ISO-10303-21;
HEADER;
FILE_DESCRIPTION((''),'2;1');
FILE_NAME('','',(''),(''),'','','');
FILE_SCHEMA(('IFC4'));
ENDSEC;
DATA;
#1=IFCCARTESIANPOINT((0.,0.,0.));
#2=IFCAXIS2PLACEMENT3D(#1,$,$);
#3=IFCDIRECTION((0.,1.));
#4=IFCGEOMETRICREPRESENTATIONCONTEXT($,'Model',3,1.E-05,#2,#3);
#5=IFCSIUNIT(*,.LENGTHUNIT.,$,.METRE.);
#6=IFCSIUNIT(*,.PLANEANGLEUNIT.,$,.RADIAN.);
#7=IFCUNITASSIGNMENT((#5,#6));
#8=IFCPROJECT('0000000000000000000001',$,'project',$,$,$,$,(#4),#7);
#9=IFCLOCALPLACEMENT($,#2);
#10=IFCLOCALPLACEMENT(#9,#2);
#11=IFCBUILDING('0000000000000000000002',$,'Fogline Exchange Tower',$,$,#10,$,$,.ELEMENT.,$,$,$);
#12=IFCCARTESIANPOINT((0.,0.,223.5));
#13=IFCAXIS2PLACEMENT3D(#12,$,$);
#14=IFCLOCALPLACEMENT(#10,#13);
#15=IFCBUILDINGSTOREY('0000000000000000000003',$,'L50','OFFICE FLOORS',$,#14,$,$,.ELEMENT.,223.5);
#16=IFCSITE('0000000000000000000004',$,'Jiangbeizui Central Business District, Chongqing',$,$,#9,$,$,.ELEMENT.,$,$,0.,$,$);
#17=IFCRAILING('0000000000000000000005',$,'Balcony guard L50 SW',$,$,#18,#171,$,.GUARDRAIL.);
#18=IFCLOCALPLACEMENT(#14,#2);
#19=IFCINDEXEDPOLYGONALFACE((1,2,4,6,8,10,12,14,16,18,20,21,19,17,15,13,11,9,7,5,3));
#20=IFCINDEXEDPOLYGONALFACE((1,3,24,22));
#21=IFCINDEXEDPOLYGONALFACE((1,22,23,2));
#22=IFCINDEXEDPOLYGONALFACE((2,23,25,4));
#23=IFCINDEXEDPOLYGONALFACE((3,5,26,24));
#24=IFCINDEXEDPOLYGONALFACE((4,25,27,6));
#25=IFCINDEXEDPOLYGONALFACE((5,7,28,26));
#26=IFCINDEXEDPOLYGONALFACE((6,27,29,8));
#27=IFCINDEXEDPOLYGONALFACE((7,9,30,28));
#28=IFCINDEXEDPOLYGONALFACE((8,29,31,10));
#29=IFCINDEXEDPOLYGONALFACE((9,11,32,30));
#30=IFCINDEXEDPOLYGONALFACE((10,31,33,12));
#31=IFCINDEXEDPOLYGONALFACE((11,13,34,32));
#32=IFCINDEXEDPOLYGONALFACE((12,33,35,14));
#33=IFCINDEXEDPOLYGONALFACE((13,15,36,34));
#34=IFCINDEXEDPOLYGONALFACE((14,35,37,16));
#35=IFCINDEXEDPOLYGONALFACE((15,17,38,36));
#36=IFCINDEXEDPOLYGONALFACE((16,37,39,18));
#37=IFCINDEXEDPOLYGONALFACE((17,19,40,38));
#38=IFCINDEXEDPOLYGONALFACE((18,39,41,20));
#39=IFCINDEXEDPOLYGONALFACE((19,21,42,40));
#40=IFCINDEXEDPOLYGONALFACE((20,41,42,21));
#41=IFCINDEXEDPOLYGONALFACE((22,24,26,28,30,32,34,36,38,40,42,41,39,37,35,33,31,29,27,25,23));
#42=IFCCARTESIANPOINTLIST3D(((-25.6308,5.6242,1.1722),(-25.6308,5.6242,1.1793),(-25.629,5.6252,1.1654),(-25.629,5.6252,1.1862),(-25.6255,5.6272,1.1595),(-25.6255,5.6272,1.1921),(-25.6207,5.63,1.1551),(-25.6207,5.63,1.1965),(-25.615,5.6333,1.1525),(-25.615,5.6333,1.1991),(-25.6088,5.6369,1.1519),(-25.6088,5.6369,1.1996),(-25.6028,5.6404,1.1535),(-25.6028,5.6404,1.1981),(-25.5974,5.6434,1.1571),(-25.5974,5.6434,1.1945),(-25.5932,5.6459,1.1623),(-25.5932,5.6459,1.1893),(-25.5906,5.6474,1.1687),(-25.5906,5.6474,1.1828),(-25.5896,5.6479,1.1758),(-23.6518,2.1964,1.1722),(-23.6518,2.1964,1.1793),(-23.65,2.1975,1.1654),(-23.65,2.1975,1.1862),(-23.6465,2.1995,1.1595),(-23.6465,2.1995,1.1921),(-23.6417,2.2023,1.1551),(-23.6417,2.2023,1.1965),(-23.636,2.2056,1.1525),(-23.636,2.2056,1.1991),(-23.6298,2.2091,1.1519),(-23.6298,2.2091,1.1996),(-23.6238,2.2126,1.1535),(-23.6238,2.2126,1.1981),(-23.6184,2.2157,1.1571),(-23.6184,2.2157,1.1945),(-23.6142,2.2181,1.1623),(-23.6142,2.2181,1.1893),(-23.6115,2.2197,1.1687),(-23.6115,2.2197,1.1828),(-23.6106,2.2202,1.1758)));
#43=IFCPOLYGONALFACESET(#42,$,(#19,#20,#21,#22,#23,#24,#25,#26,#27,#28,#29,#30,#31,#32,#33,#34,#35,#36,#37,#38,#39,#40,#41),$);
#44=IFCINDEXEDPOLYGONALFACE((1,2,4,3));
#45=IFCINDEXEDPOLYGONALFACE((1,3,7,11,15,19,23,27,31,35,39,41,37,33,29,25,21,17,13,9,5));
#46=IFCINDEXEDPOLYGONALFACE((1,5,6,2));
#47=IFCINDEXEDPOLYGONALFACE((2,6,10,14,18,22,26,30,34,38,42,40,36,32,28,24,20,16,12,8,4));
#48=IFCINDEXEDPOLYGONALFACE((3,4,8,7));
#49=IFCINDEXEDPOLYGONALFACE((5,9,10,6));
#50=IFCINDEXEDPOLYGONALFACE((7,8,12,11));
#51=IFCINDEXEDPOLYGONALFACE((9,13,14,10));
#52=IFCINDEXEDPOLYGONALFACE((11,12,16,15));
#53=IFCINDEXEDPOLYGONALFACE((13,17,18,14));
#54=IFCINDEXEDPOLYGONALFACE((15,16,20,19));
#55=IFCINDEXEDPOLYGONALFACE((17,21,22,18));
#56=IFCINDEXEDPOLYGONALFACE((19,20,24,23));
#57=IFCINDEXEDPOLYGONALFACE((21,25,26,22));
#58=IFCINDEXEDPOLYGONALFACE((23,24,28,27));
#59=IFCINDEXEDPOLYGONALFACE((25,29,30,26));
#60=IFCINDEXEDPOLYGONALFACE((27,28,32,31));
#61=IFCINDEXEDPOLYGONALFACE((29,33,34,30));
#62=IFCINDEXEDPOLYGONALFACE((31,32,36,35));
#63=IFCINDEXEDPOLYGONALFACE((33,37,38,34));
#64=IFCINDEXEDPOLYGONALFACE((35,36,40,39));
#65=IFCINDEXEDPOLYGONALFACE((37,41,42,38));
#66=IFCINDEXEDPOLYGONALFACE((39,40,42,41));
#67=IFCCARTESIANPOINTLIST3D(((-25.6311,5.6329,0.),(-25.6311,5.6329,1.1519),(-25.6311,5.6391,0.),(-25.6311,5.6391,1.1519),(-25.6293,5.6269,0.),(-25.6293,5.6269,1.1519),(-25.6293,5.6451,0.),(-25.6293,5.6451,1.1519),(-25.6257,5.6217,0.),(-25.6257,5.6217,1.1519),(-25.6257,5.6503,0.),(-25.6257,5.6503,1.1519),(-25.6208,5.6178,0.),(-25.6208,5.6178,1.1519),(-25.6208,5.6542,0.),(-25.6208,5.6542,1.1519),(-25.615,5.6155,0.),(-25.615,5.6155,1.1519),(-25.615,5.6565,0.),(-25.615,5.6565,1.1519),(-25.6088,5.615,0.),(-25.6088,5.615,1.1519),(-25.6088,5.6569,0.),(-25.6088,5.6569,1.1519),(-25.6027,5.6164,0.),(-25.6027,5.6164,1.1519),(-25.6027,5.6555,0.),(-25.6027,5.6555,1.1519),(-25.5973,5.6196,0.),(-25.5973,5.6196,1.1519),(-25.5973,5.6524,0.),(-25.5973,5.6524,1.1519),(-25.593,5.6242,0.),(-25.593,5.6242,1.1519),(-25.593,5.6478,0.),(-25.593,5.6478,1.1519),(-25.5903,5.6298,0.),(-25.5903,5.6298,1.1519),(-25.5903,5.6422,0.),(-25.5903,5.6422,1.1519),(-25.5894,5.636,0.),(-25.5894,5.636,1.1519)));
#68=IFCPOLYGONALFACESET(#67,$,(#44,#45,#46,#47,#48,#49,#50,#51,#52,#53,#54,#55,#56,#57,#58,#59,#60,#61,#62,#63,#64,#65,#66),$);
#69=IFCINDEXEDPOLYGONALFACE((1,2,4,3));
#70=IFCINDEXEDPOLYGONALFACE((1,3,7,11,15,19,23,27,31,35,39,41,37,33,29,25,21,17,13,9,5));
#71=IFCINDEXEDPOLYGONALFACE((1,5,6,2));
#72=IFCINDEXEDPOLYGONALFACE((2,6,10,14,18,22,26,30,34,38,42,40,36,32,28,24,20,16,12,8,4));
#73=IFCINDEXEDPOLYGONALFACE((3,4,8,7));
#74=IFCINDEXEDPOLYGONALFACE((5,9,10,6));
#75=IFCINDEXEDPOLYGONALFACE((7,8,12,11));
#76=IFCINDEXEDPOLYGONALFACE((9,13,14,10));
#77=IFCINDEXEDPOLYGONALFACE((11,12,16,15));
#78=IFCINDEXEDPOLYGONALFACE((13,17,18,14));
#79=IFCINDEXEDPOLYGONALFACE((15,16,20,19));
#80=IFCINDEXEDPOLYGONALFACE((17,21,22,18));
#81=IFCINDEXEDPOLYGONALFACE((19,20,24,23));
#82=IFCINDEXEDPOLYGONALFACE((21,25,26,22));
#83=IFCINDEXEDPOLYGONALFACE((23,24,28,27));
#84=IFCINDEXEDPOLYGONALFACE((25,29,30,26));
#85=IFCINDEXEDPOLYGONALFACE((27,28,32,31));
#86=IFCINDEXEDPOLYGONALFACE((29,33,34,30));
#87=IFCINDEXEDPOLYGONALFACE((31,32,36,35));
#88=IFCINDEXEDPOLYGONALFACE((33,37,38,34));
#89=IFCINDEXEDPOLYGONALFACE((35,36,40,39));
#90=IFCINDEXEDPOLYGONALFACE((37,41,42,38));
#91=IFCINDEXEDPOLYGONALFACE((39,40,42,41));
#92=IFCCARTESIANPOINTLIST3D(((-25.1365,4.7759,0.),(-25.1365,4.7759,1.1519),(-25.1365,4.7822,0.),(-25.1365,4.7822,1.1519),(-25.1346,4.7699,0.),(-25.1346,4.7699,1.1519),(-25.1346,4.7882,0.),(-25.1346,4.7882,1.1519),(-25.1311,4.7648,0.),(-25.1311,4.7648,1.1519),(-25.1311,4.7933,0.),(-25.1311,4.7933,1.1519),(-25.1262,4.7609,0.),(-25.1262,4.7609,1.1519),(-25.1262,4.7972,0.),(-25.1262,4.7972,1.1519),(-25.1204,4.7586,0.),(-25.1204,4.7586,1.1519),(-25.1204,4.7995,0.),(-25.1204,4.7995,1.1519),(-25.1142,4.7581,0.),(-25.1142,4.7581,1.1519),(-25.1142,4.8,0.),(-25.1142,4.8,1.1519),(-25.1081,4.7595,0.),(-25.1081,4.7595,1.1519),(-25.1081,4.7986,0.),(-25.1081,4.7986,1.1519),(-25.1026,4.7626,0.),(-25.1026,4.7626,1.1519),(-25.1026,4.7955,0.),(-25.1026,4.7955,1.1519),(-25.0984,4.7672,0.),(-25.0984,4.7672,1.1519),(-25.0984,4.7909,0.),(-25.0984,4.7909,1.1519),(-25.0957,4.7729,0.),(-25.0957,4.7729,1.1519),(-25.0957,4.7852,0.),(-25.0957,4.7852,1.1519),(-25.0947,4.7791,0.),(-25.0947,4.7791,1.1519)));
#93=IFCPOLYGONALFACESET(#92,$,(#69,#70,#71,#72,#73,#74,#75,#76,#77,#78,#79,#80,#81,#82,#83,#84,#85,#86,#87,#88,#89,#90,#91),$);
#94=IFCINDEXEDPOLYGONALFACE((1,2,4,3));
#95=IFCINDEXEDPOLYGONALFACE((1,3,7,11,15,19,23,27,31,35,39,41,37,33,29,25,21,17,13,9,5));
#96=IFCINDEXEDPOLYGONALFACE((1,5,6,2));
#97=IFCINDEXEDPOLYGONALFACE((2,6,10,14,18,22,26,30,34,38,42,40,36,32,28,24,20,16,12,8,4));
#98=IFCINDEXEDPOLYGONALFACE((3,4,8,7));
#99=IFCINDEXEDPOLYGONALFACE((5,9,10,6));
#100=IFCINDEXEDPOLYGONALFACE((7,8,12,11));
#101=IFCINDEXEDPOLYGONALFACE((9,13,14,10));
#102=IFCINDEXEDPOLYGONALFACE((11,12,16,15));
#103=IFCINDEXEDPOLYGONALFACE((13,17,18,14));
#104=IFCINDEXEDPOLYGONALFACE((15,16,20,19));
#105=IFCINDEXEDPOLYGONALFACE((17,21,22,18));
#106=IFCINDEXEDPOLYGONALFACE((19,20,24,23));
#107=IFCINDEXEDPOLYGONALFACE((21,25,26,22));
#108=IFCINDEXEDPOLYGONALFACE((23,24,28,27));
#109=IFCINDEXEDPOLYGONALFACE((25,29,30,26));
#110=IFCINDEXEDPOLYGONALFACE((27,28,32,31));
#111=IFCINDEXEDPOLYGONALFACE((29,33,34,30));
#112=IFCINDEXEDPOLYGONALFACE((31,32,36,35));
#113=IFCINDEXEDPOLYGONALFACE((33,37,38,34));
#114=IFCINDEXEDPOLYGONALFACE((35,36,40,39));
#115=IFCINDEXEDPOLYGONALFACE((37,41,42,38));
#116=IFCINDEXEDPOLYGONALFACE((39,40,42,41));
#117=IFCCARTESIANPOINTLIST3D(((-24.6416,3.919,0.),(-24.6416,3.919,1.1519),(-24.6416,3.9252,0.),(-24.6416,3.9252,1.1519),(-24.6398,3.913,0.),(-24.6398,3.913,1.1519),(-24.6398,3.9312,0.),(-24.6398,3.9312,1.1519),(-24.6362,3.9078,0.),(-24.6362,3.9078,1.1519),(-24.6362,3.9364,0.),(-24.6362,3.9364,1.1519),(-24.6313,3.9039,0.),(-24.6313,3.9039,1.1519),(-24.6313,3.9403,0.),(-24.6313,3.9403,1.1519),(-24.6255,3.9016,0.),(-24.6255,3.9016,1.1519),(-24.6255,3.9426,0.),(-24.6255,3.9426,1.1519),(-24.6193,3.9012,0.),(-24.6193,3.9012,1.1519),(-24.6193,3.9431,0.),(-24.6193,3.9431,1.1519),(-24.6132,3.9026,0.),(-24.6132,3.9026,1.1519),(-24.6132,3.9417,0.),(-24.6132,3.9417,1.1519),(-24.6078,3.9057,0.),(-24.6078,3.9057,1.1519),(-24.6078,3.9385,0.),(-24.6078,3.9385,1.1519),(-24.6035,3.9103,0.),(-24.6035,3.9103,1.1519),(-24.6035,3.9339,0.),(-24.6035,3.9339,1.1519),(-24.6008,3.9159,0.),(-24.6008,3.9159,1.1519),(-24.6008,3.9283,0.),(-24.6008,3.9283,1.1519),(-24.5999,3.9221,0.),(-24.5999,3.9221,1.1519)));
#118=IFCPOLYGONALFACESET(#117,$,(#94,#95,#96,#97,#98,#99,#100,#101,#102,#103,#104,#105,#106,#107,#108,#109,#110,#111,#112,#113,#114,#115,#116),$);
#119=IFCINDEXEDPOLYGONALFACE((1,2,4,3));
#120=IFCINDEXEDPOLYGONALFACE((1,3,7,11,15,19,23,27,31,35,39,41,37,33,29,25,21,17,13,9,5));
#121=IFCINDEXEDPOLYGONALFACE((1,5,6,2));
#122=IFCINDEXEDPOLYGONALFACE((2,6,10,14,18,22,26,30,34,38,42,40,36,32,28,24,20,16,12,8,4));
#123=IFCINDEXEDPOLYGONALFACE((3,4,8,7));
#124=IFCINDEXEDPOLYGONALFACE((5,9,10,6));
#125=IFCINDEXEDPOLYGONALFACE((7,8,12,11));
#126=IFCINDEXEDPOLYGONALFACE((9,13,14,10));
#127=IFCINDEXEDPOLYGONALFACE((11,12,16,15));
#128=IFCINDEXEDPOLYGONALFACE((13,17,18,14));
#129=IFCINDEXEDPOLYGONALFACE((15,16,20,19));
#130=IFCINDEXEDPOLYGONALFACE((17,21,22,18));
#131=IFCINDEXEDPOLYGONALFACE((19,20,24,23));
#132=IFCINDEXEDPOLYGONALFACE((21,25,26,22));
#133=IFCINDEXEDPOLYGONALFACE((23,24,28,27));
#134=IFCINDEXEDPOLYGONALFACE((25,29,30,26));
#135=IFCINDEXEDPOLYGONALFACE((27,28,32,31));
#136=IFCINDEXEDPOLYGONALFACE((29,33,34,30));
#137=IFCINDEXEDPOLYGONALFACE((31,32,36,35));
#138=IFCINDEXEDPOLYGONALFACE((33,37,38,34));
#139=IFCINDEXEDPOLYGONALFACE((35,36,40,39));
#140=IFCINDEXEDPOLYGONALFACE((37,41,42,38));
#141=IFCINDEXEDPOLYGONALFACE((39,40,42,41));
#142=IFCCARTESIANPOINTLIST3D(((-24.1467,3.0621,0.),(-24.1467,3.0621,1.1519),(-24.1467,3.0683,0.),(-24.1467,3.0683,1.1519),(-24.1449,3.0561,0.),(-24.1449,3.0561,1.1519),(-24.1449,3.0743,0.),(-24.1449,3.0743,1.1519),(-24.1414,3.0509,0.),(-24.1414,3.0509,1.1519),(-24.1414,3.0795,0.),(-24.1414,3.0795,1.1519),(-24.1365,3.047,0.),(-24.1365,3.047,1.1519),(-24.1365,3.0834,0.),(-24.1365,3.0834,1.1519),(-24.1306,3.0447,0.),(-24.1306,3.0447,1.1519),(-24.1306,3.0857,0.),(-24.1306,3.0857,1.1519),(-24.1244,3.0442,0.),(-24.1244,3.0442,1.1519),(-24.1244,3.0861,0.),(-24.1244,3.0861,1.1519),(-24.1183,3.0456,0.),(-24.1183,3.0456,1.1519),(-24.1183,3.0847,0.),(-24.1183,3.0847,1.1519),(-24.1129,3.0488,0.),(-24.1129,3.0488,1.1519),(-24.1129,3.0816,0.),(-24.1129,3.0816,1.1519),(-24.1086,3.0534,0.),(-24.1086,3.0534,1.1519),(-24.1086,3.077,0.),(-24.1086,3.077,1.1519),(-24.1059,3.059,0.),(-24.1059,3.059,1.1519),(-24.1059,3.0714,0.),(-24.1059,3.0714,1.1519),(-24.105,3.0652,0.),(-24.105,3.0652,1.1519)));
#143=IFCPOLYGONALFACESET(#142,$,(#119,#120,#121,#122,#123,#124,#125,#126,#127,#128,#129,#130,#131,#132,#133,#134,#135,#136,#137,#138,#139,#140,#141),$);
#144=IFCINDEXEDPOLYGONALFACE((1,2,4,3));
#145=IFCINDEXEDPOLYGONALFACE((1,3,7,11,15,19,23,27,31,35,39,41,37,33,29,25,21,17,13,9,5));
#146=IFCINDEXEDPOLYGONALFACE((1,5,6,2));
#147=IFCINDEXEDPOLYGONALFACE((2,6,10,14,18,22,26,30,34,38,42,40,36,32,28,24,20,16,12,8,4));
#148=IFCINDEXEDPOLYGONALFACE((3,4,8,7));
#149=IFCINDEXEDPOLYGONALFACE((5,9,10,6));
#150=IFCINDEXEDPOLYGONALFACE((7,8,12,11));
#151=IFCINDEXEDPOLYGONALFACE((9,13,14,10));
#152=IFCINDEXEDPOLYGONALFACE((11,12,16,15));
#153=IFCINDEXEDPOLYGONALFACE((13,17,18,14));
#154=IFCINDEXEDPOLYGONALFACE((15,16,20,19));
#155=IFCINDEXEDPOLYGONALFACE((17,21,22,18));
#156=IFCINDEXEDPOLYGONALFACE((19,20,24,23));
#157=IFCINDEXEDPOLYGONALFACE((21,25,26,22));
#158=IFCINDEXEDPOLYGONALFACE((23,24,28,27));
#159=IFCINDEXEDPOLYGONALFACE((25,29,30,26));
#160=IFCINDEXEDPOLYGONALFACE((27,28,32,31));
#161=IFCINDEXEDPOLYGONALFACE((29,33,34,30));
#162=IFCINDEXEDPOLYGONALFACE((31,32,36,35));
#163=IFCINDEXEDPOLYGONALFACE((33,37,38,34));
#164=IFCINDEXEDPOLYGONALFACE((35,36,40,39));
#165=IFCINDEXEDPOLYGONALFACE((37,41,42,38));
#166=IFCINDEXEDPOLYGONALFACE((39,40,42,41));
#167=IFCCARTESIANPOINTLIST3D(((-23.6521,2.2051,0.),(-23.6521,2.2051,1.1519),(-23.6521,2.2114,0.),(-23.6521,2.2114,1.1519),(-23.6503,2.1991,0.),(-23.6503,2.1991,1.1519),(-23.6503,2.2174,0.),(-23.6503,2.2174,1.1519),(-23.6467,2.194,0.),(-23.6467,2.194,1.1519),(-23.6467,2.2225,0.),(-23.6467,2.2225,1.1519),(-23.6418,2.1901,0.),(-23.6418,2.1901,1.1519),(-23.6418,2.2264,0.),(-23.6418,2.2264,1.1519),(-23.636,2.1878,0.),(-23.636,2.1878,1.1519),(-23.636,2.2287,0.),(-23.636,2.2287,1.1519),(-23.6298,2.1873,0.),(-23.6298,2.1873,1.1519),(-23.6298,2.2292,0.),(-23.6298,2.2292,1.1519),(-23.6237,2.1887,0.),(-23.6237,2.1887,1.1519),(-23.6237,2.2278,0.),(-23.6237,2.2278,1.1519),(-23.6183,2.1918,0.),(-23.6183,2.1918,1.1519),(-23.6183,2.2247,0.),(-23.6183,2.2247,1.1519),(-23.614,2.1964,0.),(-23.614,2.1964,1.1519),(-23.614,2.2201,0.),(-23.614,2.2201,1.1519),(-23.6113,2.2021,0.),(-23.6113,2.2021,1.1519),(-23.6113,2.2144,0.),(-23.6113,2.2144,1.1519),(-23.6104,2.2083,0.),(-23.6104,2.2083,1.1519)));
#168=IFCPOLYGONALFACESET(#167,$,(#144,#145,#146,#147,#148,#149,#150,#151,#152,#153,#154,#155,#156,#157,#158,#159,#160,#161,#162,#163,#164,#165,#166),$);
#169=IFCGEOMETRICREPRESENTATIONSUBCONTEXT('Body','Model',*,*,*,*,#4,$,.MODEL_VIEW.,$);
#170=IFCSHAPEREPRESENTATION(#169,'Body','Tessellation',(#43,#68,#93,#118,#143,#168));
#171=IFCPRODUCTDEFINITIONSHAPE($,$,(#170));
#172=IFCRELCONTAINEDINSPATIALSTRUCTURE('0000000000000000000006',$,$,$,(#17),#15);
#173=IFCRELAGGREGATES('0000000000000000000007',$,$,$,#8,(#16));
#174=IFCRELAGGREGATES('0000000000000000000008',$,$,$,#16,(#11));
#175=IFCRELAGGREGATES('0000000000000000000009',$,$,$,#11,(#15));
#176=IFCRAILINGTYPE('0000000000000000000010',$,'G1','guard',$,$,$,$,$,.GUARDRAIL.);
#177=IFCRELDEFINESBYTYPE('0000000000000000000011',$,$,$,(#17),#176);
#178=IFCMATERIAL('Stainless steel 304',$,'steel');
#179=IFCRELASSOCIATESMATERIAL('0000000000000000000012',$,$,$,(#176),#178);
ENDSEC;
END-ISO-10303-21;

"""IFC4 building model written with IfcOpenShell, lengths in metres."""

from ifc_helpers import new_model, si_unit, direction, frame, origin, origin_2d, place, context, subcontext, project, spatial, circle, extrude, material, type_object, element, save


model = new_model("IFC4")

# Units and contexts
model_context = context("Model", 3, precision=1e-05, world=origin(), true_north=direction((0.0, 1.0)))
body_context = subcontext(model_context, "Body", "Model", "MODEL_VIEW")
ifc_project = project(units=[si_unit("LENGTHUNIT", "METRE"), si_unit("PLANEANGLEUNIT", "RADIAN")], contexts=[model_context])

# Site, building, storey
site_placement = place(None, origin())
site = spatial("IfcSite", under=ifc_project, at=site_placement, Name="Jiangbeizui Central Business District, Chongqing", CompositionType="ELEMENT", RefElevation=0.0)
building_placement = place(site_placement, origin())
building = spatial("IfcBuilding", under=site, at=building_placement, Name="Fogline Exchange Tower", CompositionType="ELEMENT")
storey_placement = place(building_placement, frame((0.0, 0.0, 223.5)))
storey = spatial("IfcBuildingStorey", under=building, at=storey_placement, Name="L50", Description="OFFICE FLOORS", CompositionType="ELEMENT", Elevation=223.5)

# Railing
ifc_material_1 = material(Name="Stainless steel 304", Category="steel")
railing_type = type_object("IfcRailingType", Name="G1", Description="guard", PredefinedType="GUARDRAIL", material=ifc_material_1)
railing_placement = place(storey_placement, frame((-25.6104, 5.636, 0.0)))
element("IfcRailing", 1, at=railing_placement, inside=storey, type_object=railing_type, Name="Balcony guard L50 SW", PredefinedType="GUARDRAIL", context=body_context, shape_type="SweptSolid", body=[
    extrude(circle(Radius=0.0239, at=origin_2d()), frame((0.0, 0.0, 1.1758), z_axis=(0.5, -0.866025, 0.0), x_axis=(0.866025, 0.5, 0.0)), (0.0, 0.0, 1.0), 3.958),
    extrude(circle(Radius=0.021, at=origin_2d()), origin(), (0.0, 0.0, 1.0), 1.1519),
    extrude(circle(Radius=0.021, at=origin_2d()), frame((0.4946, -0.8569, 0.0)), (0.0, 0.0, 1.0), 1.1519),
    extrude(circle(Radius=0.021, at=origin_2d()), frame((0.9895, -1.7139, 0.0)), (0.0, 0.0, 1.0), 1.1519),
    extrude(circle(Radius=0.021, at=origin_2d()), frame((1.4844, -2.5708, 0.0)), (0.0, 0.0, 1.0), 1.1519),
    extrude(circle(Radius=0.021, at=origin_2d()), frame((1.979, -3.4277, 0.0)), (0.0, 0.0, 1.0), 1.1519),
])

save(model, "model.ifc")
